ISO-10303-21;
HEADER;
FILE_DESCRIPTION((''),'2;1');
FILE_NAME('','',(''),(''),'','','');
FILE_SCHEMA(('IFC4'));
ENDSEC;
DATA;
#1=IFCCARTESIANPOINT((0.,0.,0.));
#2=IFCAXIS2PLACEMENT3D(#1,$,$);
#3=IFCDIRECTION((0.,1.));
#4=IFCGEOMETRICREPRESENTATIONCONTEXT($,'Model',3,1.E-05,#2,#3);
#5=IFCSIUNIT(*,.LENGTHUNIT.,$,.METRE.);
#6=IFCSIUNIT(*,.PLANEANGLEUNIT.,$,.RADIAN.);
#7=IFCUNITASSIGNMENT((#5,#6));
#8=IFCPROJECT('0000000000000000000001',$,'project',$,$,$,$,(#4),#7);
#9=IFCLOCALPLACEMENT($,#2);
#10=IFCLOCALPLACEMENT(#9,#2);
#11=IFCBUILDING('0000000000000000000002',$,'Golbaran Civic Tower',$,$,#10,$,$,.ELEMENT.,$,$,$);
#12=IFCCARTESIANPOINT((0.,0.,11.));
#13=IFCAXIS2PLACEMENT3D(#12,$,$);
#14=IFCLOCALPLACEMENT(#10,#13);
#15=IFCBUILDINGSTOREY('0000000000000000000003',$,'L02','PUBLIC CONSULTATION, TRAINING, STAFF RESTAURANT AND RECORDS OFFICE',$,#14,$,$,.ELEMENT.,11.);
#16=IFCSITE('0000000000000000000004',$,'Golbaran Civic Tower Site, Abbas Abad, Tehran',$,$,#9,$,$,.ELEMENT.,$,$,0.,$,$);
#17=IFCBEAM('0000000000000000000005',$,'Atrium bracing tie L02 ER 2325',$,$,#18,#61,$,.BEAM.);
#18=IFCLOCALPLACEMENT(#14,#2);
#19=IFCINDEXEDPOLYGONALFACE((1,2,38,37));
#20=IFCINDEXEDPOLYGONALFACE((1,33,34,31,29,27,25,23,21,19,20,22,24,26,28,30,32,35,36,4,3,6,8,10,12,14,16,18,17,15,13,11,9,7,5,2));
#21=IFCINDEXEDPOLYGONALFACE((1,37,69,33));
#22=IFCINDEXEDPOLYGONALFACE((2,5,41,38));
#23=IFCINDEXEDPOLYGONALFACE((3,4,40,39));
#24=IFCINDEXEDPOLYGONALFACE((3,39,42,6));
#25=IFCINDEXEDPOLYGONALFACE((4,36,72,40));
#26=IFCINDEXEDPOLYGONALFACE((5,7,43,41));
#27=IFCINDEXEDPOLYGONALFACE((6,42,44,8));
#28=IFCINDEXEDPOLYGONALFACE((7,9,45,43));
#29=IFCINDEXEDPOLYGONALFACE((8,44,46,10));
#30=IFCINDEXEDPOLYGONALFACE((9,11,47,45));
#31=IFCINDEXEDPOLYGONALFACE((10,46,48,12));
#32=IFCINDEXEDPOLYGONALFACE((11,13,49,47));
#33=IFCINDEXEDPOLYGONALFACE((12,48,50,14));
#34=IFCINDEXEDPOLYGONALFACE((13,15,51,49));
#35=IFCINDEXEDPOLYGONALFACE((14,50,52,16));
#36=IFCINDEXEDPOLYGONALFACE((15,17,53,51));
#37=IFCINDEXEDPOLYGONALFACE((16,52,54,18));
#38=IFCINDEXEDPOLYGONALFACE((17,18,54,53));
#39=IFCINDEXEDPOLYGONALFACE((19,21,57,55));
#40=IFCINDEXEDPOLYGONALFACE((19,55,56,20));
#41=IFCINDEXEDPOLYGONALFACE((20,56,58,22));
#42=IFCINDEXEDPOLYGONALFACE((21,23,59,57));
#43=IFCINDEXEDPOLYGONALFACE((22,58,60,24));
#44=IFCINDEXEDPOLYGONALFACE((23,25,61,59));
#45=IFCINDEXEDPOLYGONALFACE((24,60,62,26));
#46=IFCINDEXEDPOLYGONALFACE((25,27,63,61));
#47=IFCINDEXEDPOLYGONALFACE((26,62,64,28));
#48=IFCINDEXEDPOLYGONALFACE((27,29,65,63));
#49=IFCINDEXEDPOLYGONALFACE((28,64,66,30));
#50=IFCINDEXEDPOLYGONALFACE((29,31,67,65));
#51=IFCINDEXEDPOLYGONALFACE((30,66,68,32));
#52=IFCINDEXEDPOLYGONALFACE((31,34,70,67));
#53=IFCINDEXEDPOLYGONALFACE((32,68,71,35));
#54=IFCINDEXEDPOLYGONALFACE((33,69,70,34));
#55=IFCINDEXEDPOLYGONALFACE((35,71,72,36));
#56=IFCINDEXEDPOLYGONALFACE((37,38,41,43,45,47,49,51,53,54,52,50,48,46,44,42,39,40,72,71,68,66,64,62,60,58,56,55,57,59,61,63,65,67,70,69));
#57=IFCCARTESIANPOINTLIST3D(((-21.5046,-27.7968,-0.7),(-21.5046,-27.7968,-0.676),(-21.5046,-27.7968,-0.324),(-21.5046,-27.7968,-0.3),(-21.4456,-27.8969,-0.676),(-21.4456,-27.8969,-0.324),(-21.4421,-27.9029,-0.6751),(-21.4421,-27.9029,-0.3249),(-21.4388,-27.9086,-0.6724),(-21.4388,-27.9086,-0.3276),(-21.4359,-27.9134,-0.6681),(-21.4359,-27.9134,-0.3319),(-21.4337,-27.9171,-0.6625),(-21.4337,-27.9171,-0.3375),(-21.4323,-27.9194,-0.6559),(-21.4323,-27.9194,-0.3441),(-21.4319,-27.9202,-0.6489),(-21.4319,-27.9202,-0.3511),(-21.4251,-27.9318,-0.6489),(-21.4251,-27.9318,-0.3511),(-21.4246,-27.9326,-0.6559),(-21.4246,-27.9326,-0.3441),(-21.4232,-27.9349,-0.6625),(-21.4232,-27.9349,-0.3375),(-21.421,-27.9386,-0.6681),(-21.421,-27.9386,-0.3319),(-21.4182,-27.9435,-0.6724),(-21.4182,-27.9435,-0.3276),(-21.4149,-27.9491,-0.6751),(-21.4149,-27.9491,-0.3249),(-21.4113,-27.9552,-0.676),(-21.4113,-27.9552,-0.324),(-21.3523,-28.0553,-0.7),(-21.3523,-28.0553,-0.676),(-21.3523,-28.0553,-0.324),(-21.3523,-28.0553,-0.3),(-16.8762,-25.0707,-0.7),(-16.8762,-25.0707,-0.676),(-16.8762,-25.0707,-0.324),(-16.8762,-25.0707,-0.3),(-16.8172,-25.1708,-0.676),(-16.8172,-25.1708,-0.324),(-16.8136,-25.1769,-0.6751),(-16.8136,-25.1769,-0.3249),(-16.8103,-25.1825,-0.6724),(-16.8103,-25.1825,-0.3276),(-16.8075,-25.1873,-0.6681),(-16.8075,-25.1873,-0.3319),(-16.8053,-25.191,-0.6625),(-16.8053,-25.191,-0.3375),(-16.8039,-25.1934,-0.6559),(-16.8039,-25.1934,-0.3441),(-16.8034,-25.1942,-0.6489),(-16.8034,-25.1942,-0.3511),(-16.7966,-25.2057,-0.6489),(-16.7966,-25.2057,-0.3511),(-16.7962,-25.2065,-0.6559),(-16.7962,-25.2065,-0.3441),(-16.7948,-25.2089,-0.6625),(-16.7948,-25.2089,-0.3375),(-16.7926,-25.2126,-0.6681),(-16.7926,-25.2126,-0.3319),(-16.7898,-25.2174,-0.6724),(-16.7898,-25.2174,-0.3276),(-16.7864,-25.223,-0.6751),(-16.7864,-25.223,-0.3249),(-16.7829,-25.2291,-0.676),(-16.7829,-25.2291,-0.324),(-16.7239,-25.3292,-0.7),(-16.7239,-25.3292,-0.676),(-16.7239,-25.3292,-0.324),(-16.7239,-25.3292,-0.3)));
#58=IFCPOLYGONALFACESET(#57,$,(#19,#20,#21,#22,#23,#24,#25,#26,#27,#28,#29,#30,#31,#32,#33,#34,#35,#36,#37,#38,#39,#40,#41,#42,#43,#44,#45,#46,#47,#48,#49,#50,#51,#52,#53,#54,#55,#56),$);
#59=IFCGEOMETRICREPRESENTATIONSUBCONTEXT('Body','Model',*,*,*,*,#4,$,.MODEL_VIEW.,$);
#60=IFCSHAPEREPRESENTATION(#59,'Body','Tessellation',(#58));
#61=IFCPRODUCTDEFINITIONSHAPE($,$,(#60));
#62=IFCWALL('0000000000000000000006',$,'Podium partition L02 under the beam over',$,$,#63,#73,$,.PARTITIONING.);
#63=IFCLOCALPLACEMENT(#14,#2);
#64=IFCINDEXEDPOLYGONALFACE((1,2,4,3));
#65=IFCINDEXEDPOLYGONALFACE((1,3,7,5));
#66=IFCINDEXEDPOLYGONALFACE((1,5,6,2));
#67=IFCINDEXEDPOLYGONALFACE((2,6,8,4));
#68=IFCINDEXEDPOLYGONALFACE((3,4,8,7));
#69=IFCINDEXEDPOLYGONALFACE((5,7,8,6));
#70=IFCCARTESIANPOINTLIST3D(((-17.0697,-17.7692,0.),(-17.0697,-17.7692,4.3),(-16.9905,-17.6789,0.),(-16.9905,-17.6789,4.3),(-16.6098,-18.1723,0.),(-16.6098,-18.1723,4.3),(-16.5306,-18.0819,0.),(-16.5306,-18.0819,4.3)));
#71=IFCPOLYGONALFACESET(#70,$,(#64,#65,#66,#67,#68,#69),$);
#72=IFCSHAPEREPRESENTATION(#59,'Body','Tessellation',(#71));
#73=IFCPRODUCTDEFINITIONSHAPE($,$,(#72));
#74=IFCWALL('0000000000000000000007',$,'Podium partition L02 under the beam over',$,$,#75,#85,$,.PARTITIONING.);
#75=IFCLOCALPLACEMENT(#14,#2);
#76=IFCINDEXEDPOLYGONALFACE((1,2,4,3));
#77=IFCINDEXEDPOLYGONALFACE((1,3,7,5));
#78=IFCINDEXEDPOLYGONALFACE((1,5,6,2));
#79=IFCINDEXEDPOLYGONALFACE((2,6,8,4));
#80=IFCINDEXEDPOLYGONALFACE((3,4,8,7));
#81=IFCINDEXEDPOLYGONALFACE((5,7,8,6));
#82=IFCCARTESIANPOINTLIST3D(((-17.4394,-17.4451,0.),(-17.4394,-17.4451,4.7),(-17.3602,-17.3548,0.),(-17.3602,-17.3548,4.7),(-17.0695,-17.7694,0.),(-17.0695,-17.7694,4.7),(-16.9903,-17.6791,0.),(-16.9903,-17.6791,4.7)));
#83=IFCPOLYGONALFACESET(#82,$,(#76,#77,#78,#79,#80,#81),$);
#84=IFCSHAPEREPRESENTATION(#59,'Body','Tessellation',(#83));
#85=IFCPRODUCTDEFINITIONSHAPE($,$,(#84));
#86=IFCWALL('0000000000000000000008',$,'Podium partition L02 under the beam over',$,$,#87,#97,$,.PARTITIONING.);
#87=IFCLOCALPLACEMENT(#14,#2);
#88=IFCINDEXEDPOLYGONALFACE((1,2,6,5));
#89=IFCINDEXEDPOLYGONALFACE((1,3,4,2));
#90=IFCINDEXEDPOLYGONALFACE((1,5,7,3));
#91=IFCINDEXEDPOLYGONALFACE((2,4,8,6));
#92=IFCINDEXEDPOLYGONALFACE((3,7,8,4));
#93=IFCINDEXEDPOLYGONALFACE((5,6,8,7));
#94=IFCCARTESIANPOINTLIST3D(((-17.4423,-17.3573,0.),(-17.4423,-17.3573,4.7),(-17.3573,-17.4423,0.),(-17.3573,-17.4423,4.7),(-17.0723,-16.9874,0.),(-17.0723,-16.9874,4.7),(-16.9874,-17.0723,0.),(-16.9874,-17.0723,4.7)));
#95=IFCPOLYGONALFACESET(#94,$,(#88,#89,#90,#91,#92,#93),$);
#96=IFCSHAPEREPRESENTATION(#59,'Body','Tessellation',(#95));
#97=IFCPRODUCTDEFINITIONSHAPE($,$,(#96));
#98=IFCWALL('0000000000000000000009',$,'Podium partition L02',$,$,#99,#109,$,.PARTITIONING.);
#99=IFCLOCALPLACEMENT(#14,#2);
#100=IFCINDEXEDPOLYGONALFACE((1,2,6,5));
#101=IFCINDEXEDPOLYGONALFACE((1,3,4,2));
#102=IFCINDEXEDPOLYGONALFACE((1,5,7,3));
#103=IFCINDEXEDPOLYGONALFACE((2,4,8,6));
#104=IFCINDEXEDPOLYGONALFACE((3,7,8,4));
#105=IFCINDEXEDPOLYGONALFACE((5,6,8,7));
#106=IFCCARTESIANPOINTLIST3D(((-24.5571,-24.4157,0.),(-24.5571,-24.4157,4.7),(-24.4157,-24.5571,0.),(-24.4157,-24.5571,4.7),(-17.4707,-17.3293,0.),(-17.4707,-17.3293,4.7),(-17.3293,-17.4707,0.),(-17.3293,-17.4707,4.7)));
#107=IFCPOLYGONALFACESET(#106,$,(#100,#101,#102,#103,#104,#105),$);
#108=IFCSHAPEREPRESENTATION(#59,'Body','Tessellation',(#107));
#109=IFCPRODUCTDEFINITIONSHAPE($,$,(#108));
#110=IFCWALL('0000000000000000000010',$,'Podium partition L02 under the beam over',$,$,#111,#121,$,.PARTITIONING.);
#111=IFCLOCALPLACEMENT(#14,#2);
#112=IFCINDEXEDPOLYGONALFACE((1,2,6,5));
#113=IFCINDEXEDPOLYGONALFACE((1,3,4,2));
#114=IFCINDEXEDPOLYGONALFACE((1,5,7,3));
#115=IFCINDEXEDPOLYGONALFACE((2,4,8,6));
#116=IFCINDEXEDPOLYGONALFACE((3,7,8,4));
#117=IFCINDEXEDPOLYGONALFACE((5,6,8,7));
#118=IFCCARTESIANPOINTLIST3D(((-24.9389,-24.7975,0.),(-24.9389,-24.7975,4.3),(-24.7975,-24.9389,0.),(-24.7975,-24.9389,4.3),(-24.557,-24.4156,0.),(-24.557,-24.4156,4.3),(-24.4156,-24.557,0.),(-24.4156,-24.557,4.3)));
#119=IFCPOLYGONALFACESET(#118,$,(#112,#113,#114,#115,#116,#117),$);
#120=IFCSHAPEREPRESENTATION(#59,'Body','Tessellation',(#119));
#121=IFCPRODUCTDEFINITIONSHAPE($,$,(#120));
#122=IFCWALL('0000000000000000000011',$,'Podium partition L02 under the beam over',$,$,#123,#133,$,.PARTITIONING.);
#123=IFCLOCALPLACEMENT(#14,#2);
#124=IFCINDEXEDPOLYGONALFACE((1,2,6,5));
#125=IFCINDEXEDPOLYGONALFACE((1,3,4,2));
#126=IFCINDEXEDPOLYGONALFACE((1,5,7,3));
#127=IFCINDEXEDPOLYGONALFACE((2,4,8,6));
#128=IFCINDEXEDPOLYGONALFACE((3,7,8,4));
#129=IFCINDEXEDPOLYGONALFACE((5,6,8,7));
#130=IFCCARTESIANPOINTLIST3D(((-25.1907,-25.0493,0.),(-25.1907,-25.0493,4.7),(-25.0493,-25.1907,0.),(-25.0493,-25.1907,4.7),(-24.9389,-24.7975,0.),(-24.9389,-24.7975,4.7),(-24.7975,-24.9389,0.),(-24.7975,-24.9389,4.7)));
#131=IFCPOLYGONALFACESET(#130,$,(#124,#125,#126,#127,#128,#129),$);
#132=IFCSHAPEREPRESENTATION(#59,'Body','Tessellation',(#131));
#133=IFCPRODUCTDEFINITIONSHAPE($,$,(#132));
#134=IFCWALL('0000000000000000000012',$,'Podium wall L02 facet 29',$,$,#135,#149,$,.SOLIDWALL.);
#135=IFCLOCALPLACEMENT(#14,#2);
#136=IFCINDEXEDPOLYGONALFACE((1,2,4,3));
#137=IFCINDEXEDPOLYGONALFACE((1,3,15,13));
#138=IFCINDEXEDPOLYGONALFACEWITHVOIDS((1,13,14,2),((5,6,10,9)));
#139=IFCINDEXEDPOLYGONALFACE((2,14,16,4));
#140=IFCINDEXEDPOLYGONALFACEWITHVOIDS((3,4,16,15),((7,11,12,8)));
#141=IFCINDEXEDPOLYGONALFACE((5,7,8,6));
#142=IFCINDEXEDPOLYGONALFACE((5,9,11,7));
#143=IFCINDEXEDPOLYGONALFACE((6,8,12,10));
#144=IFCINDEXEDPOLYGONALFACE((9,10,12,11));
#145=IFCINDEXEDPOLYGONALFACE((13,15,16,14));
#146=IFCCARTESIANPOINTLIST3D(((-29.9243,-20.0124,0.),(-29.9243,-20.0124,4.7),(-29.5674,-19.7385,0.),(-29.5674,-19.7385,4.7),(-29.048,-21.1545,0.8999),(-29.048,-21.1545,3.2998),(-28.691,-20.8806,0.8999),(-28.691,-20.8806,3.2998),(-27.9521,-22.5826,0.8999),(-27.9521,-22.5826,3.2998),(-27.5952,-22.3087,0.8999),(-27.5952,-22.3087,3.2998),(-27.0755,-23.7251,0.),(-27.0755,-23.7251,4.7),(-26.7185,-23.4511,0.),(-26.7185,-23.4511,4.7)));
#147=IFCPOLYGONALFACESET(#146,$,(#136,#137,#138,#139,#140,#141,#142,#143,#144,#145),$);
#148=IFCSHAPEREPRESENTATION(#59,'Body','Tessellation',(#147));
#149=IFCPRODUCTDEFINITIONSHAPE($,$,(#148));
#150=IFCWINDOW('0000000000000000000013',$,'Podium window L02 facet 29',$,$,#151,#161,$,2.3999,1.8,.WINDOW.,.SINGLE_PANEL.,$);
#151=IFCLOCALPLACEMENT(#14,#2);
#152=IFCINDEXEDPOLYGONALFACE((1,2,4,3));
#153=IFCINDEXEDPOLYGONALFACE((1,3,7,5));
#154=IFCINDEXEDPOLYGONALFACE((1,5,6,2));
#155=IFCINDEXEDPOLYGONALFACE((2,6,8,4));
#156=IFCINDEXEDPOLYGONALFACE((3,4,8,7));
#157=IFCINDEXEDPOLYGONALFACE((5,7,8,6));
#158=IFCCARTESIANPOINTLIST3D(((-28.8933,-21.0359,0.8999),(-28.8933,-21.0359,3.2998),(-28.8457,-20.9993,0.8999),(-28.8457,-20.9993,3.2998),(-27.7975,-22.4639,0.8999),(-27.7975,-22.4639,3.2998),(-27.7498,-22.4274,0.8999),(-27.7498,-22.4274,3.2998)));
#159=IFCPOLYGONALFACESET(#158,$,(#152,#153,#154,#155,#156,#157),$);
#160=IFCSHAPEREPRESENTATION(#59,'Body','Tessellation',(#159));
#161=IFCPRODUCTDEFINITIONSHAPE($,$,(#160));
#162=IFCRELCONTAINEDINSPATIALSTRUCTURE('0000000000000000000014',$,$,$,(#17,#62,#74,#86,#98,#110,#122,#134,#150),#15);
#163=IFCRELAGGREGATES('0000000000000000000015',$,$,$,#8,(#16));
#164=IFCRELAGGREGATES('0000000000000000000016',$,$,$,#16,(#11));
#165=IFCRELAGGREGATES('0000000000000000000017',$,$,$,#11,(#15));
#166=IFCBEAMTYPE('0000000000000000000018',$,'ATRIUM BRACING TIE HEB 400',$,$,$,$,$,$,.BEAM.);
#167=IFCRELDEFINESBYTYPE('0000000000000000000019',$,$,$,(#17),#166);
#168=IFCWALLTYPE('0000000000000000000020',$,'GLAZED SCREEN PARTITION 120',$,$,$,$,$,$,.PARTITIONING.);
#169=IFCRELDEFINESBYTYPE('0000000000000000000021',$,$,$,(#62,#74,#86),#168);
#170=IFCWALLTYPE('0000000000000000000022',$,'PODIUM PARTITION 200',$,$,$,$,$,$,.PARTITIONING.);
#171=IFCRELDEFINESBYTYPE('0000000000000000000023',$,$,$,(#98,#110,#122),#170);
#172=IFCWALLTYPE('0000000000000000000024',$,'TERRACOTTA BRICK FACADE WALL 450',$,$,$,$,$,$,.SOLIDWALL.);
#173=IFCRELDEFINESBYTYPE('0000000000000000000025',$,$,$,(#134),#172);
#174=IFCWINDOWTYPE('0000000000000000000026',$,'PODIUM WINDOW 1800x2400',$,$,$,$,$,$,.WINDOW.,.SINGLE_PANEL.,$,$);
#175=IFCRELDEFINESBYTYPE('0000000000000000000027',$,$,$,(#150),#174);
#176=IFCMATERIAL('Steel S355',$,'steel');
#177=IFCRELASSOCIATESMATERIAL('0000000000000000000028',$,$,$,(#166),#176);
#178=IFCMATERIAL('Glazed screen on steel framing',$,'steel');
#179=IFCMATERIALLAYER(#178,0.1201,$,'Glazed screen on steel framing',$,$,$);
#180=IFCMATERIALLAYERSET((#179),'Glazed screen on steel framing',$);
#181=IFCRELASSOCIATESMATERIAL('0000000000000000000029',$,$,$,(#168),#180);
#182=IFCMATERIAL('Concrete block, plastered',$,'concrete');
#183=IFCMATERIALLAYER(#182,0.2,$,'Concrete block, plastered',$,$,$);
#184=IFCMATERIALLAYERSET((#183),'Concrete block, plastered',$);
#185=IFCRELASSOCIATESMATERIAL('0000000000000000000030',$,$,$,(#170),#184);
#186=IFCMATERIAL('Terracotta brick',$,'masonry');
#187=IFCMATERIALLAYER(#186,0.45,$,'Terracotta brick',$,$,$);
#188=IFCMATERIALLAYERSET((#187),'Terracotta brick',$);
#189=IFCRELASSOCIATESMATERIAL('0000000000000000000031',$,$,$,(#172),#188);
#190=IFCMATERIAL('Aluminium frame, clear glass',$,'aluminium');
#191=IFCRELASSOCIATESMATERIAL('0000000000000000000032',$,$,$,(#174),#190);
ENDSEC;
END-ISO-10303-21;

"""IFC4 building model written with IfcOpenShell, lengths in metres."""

from ifc_helpers import new_model, si_unit, direction, frame, frame_2d, origin, origin_2d, place, context, subcontext, project, spatial, rectangle, i_section, extrude, material, layer, layer_set, material_profile, profile_set, type_object, element, fill, save


model = new_model("IFC4")

# Units and contexts
model_context = context("Model", 3, precision=1e-05, world=origin(), true_north=direction((0.0, 1.0)))
body_context = subcontext(model_context, "Body", "Model", "MODEL_VIEW")
ifc_project = project(units=[si_unit("LENGTHUNIT", "METRE"), si_unit("PLANEANGLEUNIT", "RADIAN")], contexts=[model_context])

# Site, building, storey
site_placement = place(None, origin())
site = spatial("IfcSite", under=ifc_project, at=site_placement, Name="Golbaran Civic Tower Site, Abbas Abad, Tehran", CompositionType="ELEMENT", RefElevation=0.0)
building_placement = place(site_placement, origin())
building = spatial("IfcBuilding", under=site, at=building_placement, Name="Golbaran Civic Tower", CompositionType="ELEMENT")
storey_placement = place(building_placement, frame((0.0, 0.0, 11.0)))
storey = spatial("IfcBuildingStorey", under=building, at=storey_placement, Name="L02", Description="PUBLIC CONSULTATION, TRAINING, STAFF RESTAURANT AND RECORDS OFFICE", CompositionType="ELEMENT", Elevation=11.0)

# Beam
ifc_material_1 = material(Name="Steel S355", Category="steel")
ifc_material_profile_1 = material_profile(ifc_material_1, i_section(OverallWidth=0.3, OverallDepth=0.3999, WebThickness=0.0134, FlangeThickness=0.0239, FilletRadius=0.0271, at=origin_2d()), Name="HEB 400")
ifc_profile_set_1 = profile_set([ifc_material_profile_1], Name="Steel S355")
beam_type = type_object("IfcBeamType", Name="ATRIUM BRACING TIE HEB 400", PredefinedType="BEAM", material=ifc_profile_set_1)
beam_1_placement = place(storey_placement, frame((-21.4285, -27.926, -0.5), z_axis=(0.861651, 0.507501, 0.0), x_axis=(-0.507501, 0.861651, 0.0)))
element("IfcBeam", 1, at=beam_1_placement, inside=storey, type_object=beam_type, Name="Atrium bracing tie L02 ER 2325", PredefinedType="BEAM", context=body_context, shape_type="SweptSolid", body=[
    extrude(i_section(OverallWidth=0.3, OverallDepth=0.3999, WebThickness=0.0134, FlangeThickness=0.0239, FilletRadius=0.0271, at=origin_2d()), origin(), (0.0, 0.0, 1.0), 5.3716),
])

# Walls
ifc_material_2 = material(Name="Glazed screen on steel framing", Category="steel")
ifc_layer_1 = layer(ifc_material_2, 0.1201, Name="Glazed screen on steel framing")
ifc_layer_set_1 = layer_set([ifc_layer_1], Name="Glazed screen on steel framing")
wall_type_1 = type_object("IfcWallType", Name="GLAZED SCREEN PARTITION 120", PredefinedType="PARTITIONING", material=ifc_layer_set_1)
wall_1_placement = place(storey_placement, frame((-17.03, -17.7241, 0.0), z_axis=(0.0, 0.0, 1.0), x_axis=(0.752082, -0.65907, 0.0)))
element("IfcWall", 2, at=wall_1_placement, inside=storey, type_object=wall_type_1, Name="Podium partition L02 under the beam over", PredefinedType="PARTITIONING", context=body_context, shape_type="SweptSolid", body=[
    extrude(rectangle(XDim=0.6116, YDim=0.1201, at=frame_2d((0.3057, 0.0))), origin(), (0.0, 0.0, 1.0), 4.3),
])
wall_2_placement = place(storey_placement, frame((-17.3999, -17.3999, 0.0), z_axis=(0.0, 0.0, 1.0), x_axis=(0.751992, -0.659172, 0.0)))
element("IfcWall", 3, at=wall_2_placement, inside=storey, type_object=wall_type_1, Name="Podium partition L02 under the beam over", PredefinedType="PARTITIONING", context=body_context, shape_type="SweptSolid", body=[
    extrude(rectangle(XDim=0.4919, YDim=0.1201, at=frame_2d((0.2461, 0.0))), origin(), (0.0, 0.0, 1.0), 4.7),
])
wall_3_placement = place(storey_placement, frame((-17.3999, -17.3999, 0.0), z_axis=(0.0, 0.0, 1.0), x_axis=(0.707107, 0.707107, 0.0)))
element("IfcWall", 4, at=wall_3_placement, inside=storey, type_object=wall_type_1, Name="Podium partition L02 under the beam over", PredefinedType="PARTITIONING", context=body_context, shape_type="SweptSolid", body=[
    extrude(rectangle(XDim=0.5232, YDim=0.1201, at=frame_2d((0.2617, 0.0))), origin(), (0.0, 0.0, 1.0), 4.7),
])
ifc_material_3 = material(Name="Concrete block, plastered", Category="concrete")
ifc_layer_2 = layer(ifc_material_3, 0.2, Name="Concrete block, plastered")
ifc_layer_set_2 = layer_set([ifc_layer_2], Name="Concrete block, plastered")
wall_type_2 = type_object("IfcWallType", Name="PODIUM PARTITION 200", PredefinedType="PARTITIONING", material=ifc_layer_set_2)
wall_4_placement = place(storey_placement, frame((-24.4863, -24.4863, 0.0), z_axis=(0.0, 0.0, 1.0), x_axis=(0.707107, 0.707107, 0.0)))
element("IfcWall", 5, at=wall_4_placement, inside=storey, type_object=wall_type_2, Name="Podium partition L02", PredefinedType="PARTITIONING", context=body_context, shape_type="SweptSolid", body=[
    extrude(rectangle(XDim=10.0217, YDim=0.2, at=frame_2d((5.0107, 0.0))), origin(), (0.0, 0.0, 1.0), 4.7),
])
wall_5_placement = place(storey_placement, frame((-24.8682, -24.8682, 0.0), z_axis=(0.0, 0.0, 1.0), x_axis=(0.707107, 0.707107, 0.0)))
element("IfcWall", 6, at=wall_5_placement, inside=storey, type_object=wall_type_2, Name="Podium partition L02 under the beam over", PredefinedType="PARTITIONING", context=body_context, shape_type="SweptSolid", body=[
    extrude(rectangle(XDim=0.54, YDim=0.2, at=frame_2d((0.27, 0.0))), origin(), (0.0, 0.0, 1.0), 4.3),
])
wall_6_placement = place(storey_placement, frame((-25.1201, -25.1201, 0.0), z_axis=(0.0, 0.0, 1.0), x_axis=(0.707107, 0.707107, 0.0)))
element("IfcWall", 7, at=wall_6_placement, inside=storey, type_object=wall_type_2, Name="Podium partition L02 under the beam over", PredefinedType="PARTITIONING", context=body_context, shape_type="SweptSolid", body=[
    extrude(rectangle(XDim=0.3562, YDim=0.2, at=frame_2d((0.1782, 0.0))), origin(), (0.0, 0.0, 1.0), 4.7),
])

# Wall, opening, window
ifc_material_4 = material(Name="Terracotta brick", Category="masonry")
ifc_layer_3 = layer(ifc_material_4, 0.45, Name="Terracotta brick")
ifc_layer_set_3 = layer_set([ifc_layer_3], Name="Terracotta brick")
wall_type_3 = type_object("IfcWallType", Name="TERRACOTTA BRICK FACADE WALL 450", PredefinedType="SOLIDWALL", material=ifc_layer_set_3)
wall_7_placement = place(storey_placement, frame((-29.7458, -19.8755, 0.0), z_axis=(0.0, 0.0, 1.0), x_axis=(0.60877, -0.793347, 0.0)))
wall_7 = element("IfcWall", 8, at=wall_7_placement, inside=storey, type_object=wall_type_3, Name="Podium wall L02 facet 29", PredefinedType="SOLIDWALL", context=body_context, shape_type="SweptSolid", body=[
    extrude(rectangle(XDim=4.6797, YDim=0.45, at=frame_2d((2.3398, 0.0))), origin(), (0.0, 0.0, 1.0), 4.7),
])
opening_1_placement = place(wall_7_placement, frame((1.4397, 0.0, 0.8999)))
opening_1 = element("IfcOpeningElement", 9, at=opening_1_placement, cuts=wall_7, PredefinedType="OPENING", context=body_context, shape_type="SweptSolid", body=[
    extrude(rectangle(XDim=1.8, YDim=2.3999, at=frame_2d((0.8999, 1.2))), frame((0.0, 0.2349, 0.0), z_axis=(0.0, -1.0, 0.0), x_axis=(1.0, 0.0, 0.0)), (0.0, 0.0, 1.0), 0.47),
])
ifc_material_5 = material(Name="Aluminium frame, clear glass", Category="aluminium")
window_type_1 = type_object("IfcWindowType", Name="PODIUM WINDOW 1800x2400", PartitioningType="SINGLE_PANEL", PredefinedType="WINDOW", material=ifc_material_5)
window_1_placement = place(opening_1_placement, origin())
window_1 = element("IfcWindow", 10, at=window_1_placement, inside=storey, type_object=window_type_1, Name="Podium window L02 facet 29", OverallHeight=2.3999, OverallWidth=1.8, PartitioningType="SINGLE_PANEL", PredefinedType="WINDOW", context=body_context, shape_type="SweptSolid", body=[
    extrude(rectangle(XDim=1.8, YDim=2.3999, at=frame_2d((0.8999, 1.2))), frame((0.0, 0.03, 0.0), z_axis=(0.0, -1.0, 0.0), x_axis=(1.0, 0.0, 0.0)), (0.0, 0.0, 1.0), 0.0601),
])
fill(opening_1, window_1)

save(model, "model.ifc")
